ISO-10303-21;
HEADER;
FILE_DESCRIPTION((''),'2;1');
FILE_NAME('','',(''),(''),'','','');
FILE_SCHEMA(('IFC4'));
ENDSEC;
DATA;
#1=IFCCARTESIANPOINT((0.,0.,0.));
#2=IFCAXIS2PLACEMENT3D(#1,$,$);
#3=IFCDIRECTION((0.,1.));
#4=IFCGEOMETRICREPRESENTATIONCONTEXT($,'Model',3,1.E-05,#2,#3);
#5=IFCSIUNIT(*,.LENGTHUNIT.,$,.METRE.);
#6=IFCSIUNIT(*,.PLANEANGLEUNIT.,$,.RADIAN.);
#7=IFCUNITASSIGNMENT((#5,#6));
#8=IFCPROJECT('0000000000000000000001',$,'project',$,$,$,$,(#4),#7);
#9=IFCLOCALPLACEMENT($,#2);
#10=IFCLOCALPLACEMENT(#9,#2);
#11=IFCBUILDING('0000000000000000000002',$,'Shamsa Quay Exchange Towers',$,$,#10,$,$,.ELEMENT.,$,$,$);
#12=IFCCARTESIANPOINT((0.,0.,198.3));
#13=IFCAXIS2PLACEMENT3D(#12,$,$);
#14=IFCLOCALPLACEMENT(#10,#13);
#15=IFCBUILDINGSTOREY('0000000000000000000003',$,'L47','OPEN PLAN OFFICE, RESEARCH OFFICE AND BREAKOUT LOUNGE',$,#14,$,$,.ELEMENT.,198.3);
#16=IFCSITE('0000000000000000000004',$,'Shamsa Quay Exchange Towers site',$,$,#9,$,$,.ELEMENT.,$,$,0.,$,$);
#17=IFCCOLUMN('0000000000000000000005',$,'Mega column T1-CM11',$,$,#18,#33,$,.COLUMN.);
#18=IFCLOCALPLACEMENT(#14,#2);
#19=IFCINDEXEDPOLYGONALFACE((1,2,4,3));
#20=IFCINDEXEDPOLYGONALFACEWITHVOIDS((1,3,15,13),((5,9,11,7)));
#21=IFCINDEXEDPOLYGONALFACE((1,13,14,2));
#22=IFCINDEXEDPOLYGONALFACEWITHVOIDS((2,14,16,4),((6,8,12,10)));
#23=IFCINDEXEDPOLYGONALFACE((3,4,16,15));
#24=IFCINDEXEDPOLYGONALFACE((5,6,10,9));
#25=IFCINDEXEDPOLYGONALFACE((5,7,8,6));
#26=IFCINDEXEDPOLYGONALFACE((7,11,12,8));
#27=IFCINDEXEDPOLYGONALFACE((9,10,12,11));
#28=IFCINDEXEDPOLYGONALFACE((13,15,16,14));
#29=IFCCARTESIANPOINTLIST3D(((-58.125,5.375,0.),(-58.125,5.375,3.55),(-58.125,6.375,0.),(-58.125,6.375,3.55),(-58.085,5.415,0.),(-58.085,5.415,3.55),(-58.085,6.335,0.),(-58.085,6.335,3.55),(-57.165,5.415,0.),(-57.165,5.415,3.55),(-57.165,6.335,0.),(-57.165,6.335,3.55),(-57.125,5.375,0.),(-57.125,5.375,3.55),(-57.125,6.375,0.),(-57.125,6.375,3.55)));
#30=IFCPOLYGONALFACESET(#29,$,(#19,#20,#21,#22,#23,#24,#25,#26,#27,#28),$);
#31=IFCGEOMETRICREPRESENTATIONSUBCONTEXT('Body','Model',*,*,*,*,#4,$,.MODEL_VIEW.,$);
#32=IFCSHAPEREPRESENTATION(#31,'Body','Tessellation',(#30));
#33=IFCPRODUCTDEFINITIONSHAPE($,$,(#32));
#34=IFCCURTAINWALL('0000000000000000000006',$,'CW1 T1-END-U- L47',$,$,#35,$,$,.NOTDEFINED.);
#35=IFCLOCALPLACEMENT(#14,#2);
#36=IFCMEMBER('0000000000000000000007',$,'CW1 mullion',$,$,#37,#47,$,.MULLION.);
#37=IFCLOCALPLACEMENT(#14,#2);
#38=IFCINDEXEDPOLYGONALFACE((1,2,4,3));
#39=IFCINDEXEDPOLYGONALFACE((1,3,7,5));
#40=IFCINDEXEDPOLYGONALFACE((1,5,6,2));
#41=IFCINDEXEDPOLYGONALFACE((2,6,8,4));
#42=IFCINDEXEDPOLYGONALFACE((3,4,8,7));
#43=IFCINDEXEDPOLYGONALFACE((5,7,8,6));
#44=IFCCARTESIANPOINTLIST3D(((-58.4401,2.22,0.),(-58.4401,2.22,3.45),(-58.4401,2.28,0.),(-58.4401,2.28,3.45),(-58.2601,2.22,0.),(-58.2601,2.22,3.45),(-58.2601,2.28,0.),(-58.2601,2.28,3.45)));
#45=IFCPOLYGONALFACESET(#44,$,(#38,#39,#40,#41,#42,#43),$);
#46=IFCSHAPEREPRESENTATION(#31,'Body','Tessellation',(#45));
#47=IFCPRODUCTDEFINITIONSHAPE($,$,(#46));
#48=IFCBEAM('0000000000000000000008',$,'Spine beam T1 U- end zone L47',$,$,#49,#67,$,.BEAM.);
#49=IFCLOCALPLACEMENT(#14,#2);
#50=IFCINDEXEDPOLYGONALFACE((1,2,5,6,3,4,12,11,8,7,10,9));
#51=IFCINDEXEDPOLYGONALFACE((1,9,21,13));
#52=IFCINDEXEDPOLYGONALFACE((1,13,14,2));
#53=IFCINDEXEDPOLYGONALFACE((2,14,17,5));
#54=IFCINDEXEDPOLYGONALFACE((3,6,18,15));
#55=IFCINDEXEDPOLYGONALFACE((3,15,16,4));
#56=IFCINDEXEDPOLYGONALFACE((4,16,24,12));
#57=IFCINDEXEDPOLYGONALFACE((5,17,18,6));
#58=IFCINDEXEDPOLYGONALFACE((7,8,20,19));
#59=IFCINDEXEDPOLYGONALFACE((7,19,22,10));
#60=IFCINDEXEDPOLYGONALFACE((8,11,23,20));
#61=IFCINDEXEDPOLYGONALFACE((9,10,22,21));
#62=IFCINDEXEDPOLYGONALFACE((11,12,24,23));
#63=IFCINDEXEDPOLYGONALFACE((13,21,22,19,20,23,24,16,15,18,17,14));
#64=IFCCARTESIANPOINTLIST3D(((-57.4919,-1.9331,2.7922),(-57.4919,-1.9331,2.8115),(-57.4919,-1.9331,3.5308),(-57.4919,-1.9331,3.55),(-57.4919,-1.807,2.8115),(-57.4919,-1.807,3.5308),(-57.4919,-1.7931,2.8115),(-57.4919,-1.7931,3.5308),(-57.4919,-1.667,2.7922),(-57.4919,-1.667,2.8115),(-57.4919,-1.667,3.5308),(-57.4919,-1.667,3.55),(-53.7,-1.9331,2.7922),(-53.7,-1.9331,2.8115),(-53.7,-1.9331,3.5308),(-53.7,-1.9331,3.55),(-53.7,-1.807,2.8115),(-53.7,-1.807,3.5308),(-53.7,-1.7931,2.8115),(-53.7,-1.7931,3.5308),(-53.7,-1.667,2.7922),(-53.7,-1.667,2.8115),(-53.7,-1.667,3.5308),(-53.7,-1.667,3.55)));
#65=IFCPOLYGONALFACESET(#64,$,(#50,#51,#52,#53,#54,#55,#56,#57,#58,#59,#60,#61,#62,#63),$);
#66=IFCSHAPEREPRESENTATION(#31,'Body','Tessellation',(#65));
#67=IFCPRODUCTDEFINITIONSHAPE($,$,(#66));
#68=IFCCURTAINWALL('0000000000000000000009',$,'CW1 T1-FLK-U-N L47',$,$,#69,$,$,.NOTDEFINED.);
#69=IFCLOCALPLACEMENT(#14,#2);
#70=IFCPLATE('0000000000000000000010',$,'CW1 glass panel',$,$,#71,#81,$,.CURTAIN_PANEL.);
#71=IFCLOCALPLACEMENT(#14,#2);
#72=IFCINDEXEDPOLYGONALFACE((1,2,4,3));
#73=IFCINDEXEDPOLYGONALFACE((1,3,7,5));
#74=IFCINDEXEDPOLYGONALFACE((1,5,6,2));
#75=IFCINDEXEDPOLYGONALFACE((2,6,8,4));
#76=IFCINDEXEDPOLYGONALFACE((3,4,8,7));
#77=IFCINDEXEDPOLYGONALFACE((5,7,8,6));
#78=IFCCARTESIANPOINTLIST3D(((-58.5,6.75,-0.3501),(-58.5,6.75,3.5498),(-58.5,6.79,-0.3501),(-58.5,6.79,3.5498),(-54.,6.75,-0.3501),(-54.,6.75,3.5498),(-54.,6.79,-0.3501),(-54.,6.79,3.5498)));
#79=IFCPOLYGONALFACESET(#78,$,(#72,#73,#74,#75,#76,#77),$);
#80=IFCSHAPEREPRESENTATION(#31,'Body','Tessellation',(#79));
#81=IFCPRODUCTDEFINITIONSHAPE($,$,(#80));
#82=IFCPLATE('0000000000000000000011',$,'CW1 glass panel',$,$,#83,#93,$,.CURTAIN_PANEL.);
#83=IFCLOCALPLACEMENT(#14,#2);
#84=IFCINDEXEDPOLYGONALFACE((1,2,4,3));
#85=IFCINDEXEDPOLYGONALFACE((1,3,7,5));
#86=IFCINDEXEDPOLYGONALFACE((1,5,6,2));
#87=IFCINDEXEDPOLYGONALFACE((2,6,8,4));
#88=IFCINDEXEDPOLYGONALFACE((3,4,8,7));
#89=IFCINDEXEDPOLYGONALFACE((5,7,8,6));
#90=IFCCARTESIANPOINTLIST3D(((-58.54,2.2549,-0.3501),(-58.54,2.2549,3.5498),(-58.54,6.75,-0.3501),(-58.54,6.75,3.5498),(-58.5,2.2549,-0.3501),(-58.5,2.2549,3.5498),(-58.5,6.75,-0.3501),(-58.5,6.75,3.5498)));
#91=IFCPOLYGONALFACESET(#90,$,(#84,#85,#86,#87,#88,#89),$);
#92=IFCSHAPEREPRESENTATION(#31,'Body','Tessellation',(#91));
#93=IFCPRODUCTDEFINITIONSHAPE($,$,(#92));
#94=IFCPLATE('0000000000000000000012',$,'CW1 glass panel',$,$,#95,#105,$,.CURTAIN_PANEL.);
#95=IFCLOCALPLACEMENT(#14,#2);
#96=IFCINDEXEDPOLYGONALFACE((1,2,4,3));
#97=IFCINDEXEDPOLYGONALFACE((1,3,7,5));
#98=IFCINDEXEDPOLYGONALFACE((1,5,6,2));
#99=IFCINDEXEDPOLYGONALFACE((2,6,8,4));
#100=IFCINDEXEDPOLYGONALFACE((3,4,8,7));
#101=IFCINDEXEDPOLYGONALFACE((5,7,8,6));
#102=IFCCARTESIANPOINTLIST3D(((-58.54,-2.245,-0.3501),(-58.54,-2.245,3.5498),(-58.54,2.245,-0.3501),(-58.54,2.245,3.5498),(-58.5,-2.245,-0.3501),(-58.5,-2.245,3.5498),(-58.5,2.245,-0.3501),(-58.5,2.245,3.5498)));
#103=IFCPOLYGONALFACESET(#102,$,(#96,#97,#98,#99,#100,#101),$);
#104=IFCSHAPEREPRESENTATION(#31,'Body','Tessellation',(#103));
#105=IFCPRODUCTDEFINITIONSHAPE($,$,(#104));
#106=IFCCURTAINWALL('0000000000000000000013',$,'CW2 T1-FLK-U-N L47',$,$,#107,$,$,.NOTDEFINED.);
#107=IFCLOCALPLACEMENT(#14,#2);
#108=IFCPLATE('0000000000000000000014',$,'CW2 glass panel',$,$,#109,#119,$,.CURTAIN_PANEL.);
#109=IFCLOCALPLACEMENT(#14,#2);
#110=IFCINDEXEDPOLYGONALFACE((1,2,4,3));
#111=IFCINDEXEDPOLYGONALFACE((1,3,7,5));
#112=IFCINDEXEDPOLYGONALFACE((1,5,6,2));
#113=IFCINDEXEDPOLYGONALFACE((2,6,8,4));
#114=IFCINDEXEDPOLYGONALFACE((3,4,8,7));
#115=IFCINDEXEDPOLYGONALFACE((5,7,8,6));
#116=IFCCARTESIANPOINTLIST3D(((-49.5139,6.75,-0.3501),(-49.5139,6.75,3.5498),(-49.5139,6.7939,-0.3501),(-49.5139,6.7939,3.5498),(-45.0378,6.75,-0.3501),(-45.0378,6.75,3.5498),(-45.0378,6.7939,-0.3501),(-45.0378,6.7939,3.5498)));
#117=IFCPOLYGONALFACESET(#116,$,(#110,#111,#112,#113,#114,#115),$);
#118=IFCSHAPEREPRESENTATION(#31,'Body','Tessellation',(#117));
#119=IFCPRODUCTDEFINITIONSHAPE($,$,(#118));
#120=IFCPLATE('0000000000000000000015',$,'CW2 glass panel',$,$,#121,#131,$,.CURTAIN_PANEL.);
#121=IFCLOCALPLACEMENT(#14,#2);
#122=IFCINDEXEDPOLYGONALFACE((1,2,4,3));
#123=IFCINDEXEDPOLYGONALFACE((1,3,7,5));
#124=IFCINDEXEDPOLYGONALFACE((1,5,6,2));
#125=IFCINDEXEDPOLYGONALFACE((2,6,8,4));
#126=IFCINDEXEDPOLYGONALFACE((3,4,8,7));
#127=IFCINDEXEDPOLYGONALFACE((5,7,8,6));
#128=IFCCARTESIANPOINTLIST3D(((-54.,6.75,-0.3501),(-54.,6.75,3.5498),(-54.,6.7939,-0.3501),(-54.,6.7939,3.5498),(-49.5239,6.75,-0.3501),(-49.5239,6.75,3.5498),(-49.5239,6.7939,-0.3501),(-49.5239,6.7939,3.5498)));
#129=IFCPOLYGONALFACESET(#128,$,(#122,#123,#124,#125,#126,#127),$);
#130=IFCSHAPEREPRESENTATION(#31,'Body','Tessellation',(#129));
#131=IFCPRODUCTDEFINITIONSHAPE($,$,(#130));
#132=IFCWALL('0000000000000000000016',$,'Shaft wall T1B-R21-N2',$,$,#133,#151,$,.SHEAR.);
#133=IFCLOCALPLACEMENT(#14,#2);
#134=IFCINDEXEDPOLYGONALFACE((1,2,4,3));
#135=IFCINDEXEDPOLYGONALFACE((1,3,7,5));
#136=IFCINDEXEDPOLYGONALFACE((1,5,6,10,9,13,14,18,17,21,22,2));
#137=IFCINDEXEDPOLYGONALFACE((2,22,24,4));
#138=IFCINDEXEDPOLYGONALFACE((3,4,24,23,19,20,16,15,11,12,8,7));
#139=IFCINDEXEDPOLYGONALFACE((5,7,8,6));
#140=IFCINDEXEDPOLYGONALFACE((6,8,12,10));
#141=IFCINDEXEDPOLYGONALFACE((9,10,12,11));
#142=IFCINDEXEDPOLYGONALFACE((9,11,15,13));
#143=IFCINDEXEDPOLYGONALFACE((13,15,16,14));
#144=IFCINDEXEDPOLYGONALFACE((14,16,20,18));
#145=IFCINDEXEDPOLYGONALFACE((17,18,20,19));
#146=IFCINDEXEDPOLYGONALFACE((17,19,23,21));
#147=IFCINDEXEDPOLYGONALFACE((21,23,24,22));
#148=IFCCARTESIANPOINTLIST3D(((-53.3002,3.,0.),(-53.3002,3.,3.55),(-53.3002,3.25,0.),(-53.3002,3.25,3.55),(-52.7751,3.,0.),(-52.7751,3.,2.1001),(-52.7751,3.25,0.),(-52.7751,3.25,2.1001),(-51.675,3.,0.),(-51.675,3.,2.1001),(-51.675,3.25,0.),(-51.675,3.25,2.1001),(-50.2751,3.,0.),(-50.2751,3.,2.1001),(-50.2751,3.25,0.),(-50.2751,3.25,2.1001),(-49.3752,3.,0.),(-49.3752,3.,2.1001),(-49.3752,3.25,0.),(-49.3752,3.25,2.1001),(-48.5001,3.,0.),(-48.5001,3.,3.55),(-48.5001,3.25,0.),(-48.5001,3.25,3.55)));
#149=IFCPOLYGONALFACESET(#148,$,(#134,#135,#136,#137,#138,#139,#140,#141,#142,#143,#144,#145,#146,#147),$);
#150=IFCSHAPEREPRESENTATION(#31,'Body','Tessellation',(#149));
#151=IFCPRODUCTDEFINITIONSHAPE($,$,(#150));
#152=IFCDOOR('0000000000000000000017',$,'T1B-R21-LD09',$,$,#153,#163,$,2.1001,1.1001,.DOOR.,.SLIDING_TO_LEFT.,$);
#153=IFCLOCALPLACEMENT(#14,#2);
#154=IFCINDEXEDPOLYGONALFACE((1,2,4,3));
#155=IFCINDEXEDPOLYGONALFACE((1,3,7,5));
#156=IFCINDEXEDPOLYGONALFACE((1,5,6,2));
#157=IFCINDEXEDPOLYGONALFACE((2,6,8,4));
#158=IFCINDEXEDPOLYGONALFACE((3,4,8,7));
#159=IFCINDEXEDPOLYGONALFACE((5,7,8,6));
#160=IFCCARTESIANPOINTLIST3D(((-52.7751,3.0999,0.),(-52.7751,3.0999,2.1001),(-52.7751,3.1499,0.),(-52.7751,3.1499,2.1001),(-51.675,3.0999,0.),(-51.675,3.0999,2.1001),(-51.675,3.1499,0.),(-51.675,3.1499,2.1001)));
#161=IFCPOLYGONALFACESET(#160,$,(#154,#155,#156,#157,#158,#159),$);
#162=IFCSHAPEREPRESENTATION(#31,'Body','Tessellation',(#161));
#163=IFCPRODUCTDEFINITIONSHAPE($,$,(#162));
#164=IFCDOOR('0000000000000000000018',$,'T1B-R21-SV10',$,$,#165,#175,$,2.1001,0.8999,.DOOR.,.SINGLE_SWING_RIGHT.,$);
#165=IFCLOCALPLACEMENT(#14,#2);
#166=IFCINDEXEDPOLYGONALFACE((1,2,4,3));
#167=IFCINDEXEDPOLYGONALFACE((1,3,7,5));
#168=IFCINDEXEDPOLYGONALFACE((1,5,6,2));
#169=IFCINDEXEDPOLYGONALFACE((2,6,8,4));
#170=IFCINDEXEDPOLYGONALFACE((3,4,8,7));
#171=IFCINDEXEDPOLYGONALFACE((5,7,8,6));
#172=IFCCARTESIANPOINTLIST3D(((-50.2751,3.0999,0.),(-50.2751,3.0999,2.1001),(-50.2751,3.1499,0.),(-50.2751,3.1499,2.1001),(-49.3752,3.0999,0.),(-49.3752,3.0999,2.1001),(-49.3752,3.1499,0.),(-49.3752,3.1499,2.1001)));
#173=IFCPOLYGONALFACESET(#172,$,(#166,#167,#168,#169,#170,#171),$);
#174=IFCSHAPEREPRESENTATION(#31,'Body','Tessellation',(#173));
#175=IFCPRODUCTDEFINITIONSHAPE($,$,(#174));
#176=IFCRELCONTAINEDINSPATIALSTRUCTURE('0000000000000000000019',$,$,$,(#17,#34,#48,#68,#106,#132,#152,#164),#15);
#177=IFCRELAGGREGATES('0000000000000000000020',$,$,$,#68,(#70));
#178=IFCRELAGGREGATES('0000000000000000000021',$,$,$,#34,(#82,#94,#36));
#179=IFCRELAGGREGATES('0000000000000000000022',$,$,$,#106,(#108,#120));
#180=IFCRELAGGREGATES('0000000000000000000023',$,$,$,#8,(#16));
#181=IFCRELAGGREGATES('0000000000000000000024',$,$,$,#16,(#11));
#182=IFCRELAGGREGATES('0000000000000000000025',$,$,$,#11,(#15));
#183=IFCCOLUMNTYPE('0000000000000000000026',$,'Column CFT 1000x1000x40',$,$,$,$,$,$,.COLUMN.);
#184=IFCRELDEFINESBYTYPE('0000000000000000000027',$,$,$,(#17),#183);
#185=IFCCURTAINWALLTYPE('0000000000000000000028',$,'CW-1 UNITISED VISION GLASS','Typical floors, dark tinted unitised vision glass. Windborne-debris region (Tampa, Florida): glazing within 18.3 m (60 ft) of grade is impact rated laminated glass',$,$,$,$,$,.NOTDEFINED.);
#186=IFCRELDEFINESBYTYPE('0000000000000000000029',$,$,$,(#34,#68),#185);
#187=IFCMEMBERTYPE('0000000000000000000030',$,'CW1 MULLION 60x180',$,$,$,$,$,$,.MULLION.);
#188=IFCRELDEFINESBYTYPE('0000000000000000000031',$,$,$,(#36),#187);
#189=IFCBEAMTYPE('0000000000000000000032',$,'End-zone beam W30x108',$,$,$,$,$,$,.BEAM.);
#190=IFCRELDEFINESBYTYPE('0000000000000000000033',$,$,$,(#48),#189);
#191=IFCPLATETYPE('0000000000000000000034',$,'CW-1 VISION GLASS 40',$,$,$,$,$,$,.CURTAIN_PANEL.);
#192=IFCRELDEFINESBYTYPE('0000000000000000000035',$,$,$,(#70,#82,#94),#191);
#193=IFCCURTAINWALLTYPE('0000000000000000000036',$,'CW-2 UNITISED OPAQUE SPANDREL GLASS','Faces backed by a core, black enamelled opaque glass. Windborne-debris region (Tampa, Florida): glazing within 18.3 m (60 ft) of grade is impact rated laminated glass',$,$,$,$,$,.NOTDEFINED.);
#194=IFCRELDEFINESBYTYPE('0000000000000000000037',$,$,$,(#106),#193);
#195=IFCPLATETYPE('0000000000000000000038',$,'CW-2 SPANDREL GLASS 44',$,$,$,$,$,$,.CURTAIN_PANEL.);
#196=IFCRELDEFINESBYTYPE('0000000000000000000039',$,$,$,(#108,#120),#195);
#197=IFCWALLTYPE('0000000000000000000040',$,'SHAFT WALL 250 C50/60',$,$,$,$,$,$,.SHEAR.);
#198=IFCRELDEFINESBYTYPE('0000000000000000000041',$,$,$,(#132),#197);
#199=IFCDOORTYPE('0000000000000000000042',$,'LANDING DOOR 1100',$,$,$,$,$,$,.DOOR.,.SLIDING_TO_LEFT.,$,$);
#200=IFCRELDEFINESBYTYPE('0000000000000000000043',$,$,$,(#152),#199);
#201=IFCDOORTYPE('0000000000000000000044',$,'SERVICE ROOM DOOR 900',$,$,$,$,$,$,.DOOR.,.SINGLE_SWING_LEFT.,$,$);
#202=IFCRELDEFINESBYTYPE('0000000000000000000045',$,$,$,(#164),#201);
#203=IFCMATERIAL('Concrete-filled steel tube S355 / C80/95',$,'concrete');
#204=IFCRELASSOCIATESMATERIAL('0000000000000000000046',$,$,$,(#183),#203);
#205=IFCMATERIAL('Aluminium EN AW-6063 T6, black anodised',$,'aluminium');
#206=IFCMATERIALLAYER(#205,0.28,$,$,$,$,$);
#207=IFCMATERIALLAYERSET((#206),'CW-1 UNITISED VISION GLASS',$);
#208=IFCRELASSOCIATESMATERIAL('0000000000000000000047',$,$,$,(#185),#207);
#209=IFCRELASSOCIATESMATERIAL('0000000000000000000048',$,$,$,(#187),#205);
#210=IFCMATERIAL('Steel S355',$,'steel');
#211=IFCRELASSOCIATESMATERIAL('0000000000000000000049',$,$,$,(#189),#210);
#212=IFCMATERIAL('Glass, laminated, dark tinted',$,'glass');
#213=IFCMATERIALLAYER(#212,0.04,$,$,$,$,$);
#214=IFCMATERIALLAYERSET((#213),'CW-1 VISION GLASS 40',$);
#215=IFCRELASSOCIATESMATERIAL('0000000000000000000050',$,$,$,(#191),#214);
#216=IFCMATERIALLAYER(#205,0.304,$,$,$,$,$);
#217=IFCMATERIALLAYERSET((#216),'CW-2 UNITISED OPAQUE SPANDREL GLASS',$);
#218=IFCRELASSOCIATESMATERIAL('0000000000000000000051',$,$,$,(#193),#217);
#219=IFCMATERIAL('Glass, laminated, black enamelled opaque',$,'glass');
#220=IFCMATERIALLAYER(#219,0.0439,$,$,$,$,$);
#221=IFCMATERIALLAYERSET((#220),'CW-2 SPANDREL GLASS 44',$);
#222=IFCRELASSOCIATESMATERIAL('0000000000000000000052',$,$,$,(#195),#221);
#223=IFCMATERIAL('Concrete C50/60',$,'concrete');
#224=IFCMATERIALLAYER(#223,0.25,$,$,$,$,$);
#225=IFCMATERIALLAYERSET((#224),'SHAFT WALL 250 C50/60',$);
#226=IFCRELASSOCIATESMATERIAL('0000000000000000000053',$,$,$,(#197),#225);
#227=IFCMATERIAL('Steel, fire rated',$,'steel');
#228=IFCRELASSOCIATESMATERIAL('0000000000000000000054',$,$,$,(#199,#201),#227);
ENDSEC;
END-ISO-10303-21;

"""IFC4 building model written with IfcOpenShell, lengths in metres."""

from ifc_helpers import new_model, si_unit, direction, frame, frame_2d, origin, origin_2d, place, context, subcontext, project, spatial, rectangle, hollow_rectangle, i_section, extrude, material, layer, layer_set, material_profile, profile_set, type_object, element, fill, aggregate, save


model = new_model("IFC4")

# Units and contexts
model_context = context("Model", 3, precision=1e-05, world=origin(), true_north=direction((0.0, 1.0)))
body_context = subcontext(model_context, "Body", "Model", "MODEL_VIEW")
ifc_project = project(units=[si_unit("LENGTHUNIT", "METRE"), si_unit("PLANEANGLEUNIT", "RADIAN")], contexts=[model_context])

# Site, building, storey
site_placement = place(None, origin())
site = spatial("IfcSite", under=ifc_project, at=site_placement, Name="Shamsa Quay Exchange Towers site", CompositionType="ELEMENT", RefElevation=0.0)
building_placement = place(site_placement, origin())
building = spatial("IfcBuilding", under=site, at=building_placement, Name="Shamsa Quay Exchange Towers", CompositionType="ELEMENT")
storey_placement = place(building_placement, frame((0.0, 0.0, 198.3)))
storey = spatial("IfcBuildingStorey", under=building, at=storey_placement, Name="L47", Description="OPEN PLAN OFFICE, RESEARCH OFFICE AND BREAKOUT LOUNGE", CompositionType="ELEMENT", Elevation=198.3)

# Column
ifc_material_1 = material(Name="Concrete-filled steel tube S355 / C80/95", Category="concrete")
ifc_material_profile_1 = material_profile(ifc_material_1, hollow_rectangle(XDim=1.0, YDim=1.0, WallThickness=0.04, at=origin_2d()), Name="CFT 1000x1000x40")
ifc_profile_set_1 = profile_set([ifc_material_profile_1], Name="Concrete-filled steel tube S355 / C80/95")
column_type = type_object("IfcColumnType", Name="Column CFT 1000x1000x40", PredefinedType="COLUMN", material=ifc_profile_set_1)
column_placement = place(storey_placement, frame((-57.625, 5.875, 0.0)))
element("IfcColumn", 1, at=column_placement, inside=storey, type_object=column_type, Name="Mega column T1-CM11", PredefinedType="COLUMN", context=body_context, shape_type="SweptSolid", body=[
    extrude(hollow_rectangle(XDim=1.0, YDim=1.0, WallThickness=0.04, at=origin_2d()), origin(), (0.0, 0.0, 1.0), 3.55),
])

# Curtain wall, member
ifc_material_2 = material(Name="Aluminium EN AW-6063 T6, black anodised", Category="aluminium")
ifc_layer_1 = layer(ifc_material_2, 0.28)
ifc_layer_set_1 = layer_set([ifc_layer_1], Name="CW-1 UNITISED VISION GLASS")
curtain_wall_type_1 = type_object("IfcCurtainWallType", Name="CW-1 UNITISED VISION GLASS", Description="Typical floors, dark tinted unitised vision glass. Windborne-debris region (Tampa, Florida): glazing within 18.3 m (60 ft) of grade is impact rated laminated glass", PredefinedType="NOTDEFINED", material=ifc_layer_set_1)
curtain_wall_1_placement = place(storey_placement, origin())
curtain_wall_1 = element("IfcCurtainWall", 2, at=curtain_wall_1_placement, inside=storey, type_object=curtain_wall_type_1, Name="CW1 T1-END-U- L47", PredefinedType="NOTDEFINED")
ifc_material_profile_2 = material_profile(ifc_material_2, rectangle(XDim=0.1799, YDim=0.0601, at=origin_2d()), Name="MU60x180")
ifc_profile_set_2 = profile_set([ifc_material_profile_2], Name="Aluminium EN AW-6063 T6, black anodised")
member_type = type_object("IfcMemberType", Name="CW1 MULLION 60x180", PredefinedType="MULLION", material=ifc_profile_set_2)
member_placement = place(storey_placement, frame((-58.3501, 2.25, 0.0)))
member = element("IfcMember", 3, at=member_placement, type_object=member_type, Name="CW1 mullion", PredefinedType="MULLION", context=body_context, shape_type="SweptSolid", body=[
    extrude(rectangle(XDim=0.1799, YDim=0.0601, at=origin_2d()), origin(), (0.0, 0.0, 1.0), 3.45),
])

# Beam
ifc_material_3 = material(Name="Steel S355", Category="steel")
ifc_material_profile_3 = material_profile(ifc_material_3, i_section(OverallWidth=0.2661, OverallDepth=0.7578, WebThickness=0.0139, FlangeThickness=0.0193, at=origin_2d()), Name="W30x108")
ifc_profile_set_3 = profile_set([ifc_material_profile_3], Name="Steel S355")
beam_type = type_object("IfcBeamType", Name="End-zone beam W30x108", PredefinedType="BEAM", material=ifc_profile_set_3)
beam_placement = place(storey_placement, frame((-53.7, -1.8, 3.1711), z_axis=(-1.0, 0.0, 0.0), x_axis=(0.0, -1.0, 0.0)))
element("IfcBeam", 4, at=beam_placement, inside=storey, type_object=beam_type, Name="Spine beam T1 U- end zone L47", PredefinedType="BEAM", context=body_context, shape_type="SweptSolid", body=[
    extrude(i_section(OverallWidth=0.2661, OverallDepth=0.7578, WebThickness=0.0139, FlangeThickness=0.0193, at=origin_2d()), origin(), (0.0, 0.0, 1.0), 3.792),
])

# Curtain wall, plate
curtain_wall_2_placement = place(storey_placement, origin())
curtain_wall_2 = element("IfcCurtainWall", 5, at=curtain_wall_2_placement, inside=storey, type_object=curtain_wall_type_1, Name="CW1 T1-FLK-U-N L47", PredefinedType="NOTDEFINED")
ifc_material_4 = material(Name="Glass, laminated, dark tinted", Category="glass")
ifc_layer_2 = layer(ifc_material_4, 0.04)
ifc_layer_set_2 = layer_set([ifc_layer_2], Name="CW-1 VISION GLASS 40")
plate_type_1 = type_object("IfcPlateType", Name="CW-1 VISION GLASS 40", PredefinedType="CURTAIN_PANEL", material=ifc_layer_set_2)
plate_1_placement = place(storey_placement, frame((-56.25, 6.77, -0.3501), z_axis=(0.0, 0.0, 1.0), x_axis=(-1.0, 0.0, 0.0)))
plate_1 = element("IfcPlate", 6, at=plate_1_placement, type_object=plate_type_1, Name="CW1 glass panel", PredefinedType="CURTAIN_PANEL", context=body_context, shape_type="SweptSolid", body=[
    extrude(rectangle(XDim=4.5, YDim=0.04, at=origin_2d()), origin(), (0.0, 0.0, 1.0), 3.8999),
])
aggregate(curtain_wall_2, [plate_1])

# Plates
plate_2_placement = place(storey_placement, frame((-58.52, 4.5024, -0.3501), z_axis=(0.0, 0.0, 1.0), x_axis=(0.0, -1.0, 0.0)))
plate_2 = element("IfcPlate", 7, at=plate_2_placement, type_object=plate_type_1, Name="CW1 glass panel", PredefinedType="CURTAIN_PANEL", context=body_context, shape_type="SweptSolid", body=[
    extrude(rectangle(XDim=4.4951, YDim=0.04, at=origin_2d()), origin(), (0.0, 0.0, 1.0), 3.8999),
])
plate_3_placement = place(storey_placement, frame((-58.52, 0.0, -0.3501), z_axis=(0.0, 0.0, 1.0), x_axis=(0.0, -1.0, 0.0)))
plate_3 = element("IfcPlate", 8, at=plate_3_placement, type_object=plate_type_1, Name="CW1 glass panel", PredefinedType="CURTAIN_PANEL", context=body_context, shape_type="SweptSolid", body=[
    extrude(rectangle(XDim=4.49, YDim=0.04, at=origin_2d()), origin(), (0.0, 0.0, 1.0), 3.8999),
])
aggregate(curtain_wall_1, [plate_2, plate_3, member])

# Curtain wall, plates
ifc_layer_3 = layer(ifc_material_2, 0.304)
ifc_layer_set_3 = layer_set([ifc_layer_3], Name="CW-2 UNITISED OPAQUE SPANDREL GLASS")
curtain_wall_type_2 = type_object("IfcCurtainWallType", Name="CW-2 UNITISED OPAQUE SPANDREL GLASS", Description="Faces backed by a core, black enamelled opaque glass. Windborne-debris region (Tampa, Florida): glazing within 18.3 m (60 ft) of grade is impact rated laminated glass", PredefinedType="NOTDEFINED", material=ifc_layer_set_3)
curtain_wall_3_placement = place(storey_placement, origin())
curtain_wall_3 = element("IfcCurtainWall", 9, at=curtain_wall_3_placement, inside=storey, type_object=curtain_wall_type_2, Name="CW2 T1-FLK-U-N L47", PredefinedType="NOTDEFINED")
ifc_material_5 = material(Name="Glass, laminated, black enamelled opaque", Category="glass")
ifc_layer_4 = layer(ifc_material_5, 0.0439)
ifc_layer_set_4 = layer_set([ifc_layer_4], Name="CW-2 SPANDREL GLASS 44")
plate_type_2 = type_object("IfcPlateType", Name="CW-2 SPANDREL GLASS 44", PredefinedType="CURTAIN_PANEL", material=ifc_layer_set_4)
plate_4_placement = place(storey_placement, frame((-47.2759, 6.772, -0.3501), z_axis=(0.0, 0.0, 1.0), x_axis=(-1.0, 0.0, 0.0)))
plate_4 = element("IfcPlate", 10, at=plate_4_placement, type_object=plate_type_2, Name="CW2 glass panel", PredefinedType="CURTAIN_PANEL", context=body_context, shape_type="SweptSolid", body=[
    extrude(rectangle(XDim=4.4761, YDim=0.0439, at=origin_2d()), origin(), (0.0, 0.0, 1.0), 3.8999),
])
plate_5_placement = place(storey_placement, frame((-51.762, 6.772, -0.3501), z_axis=(0.0, 0.0, 1.0), x_axis=(-1.0, 0.0, 0.0)))
plate_5 = element("IfcPlate", 11, at=plate_5_placement, type_object=plate_type_2, Name="CW2 glass panel", PredefinedType="CURTAIN_PANEL", context=body_context, shape_type="SweptSolid", body=[
    extrude(rectangle(XDim=4.4761, YDim=0.0439, at=origin_2d()), origin(), (0.0, 0.0, 1.0), 3.8999),
])
aggregate(curtain_wall_3, [plate_4, plate_5])

# Wall, openings, doors
ifc_material_6 = material(Name="Concrete C50/60", Category="concrete")
ifc_layer_5 = layer(ifc_material_6, 0.25)
ifc_layer_set_5 = layer_set([ifc_layer_5], Name="SHAFT WALL 250 C50/60")
wall_type_1 = type_object("IfcWallType", Name="SHAFT WALL 250 C50/60", PredefinedType="SHEAR", material=ifc_layer_set_5)
wall_1_placement = place(storey_placement, frame((-53.3, 3.125, 0.0)))
wall_1 = element("IfcWall", 12, at=wall_1_placement, inside=storey, type_object=wall_type_1, Name="Shaft wall T1B-R21-N2", PredefinedType="SHEAR", context=body_context, shape_type="SweptSolid", body=[
    extrude(rectangle(XDim=4.8, YDim=0.25, at=frame_2d((2.3999, 0.0))), origin(), (0.0, 0.0, 1.0), 3.55),
])
opening_1_placement = place(wall_1_placement, frame((0.5249, 0.0, 0.0)))
opening_1 = element("IfcOpeningElement", 13, at=opening_1_placement, cuts=wall_1, PredefinedType="OPENING", context=body_context, shape_type="SweptSolid", body=[
    extrude(rectangle(XDim=1.1001, YDim=2.1001, at=frame_2d((0.55, 1.05))), frame((0.0, 0.135, 0.0), z_axis=(0.0, -1.0, 0.0), x_axis=(1.0, 0.0, 0.0)), (0.0, 0.0, 1.0), 0.27),
])
opening_2_placement = place(wall_1_placement, frame((3.0249, 0.0, 0.0)))
opening_2 = element("IfcOpeningElement", 14, at=opening_2_placement, cuts=wall_1, PredefinedType="OPENING", context=body_context, shape_type="SweptSolid", body=[
    extrude(rectangle(XDim=0.8999, YDim=2.1001, at=frame_2d((0.45, 1.05))), frame((0.0, 0.135, 0.0), z_axis=(0.0, -1.0, 0.0), x_axis=(1.0, 0.0, 0.0)), (0.0, 0.0, 1.0), 0.27),
])
ifc_material_7 = material(Name="Steel, fire rated", Category="steel")
door_type_1 = type_object("IfcDoorType", Name="LANDING DOOR 1100", OperationType="SLIDING_TO_LEFT", PredefinedType="DOOR", material=ifc_material_7)
door_1_placement = place(opening_1_placement, origin())
door_1 = element("IfcDoor", 15, at=door_1_placement, inside=storey, type_object=door_type_1, Name="T1B-R21-LD09", OperationType="SLIDING_TO_LEFT", OverallHeight=2.1001, OverallWidth=1.1001, PredefinedType="DOOR", context=body_context, shape_type="SweptSolid", body=[
    extrude(rectangle(XDim=1.1001, YDim=2.1001, at=frame_2d((0.55, 1.05))), frame((0.0, 0.0249, 0.0), z_axis=(0.0, -1.0, 0.0), x_axis=(1.0, 0.0, 0.0)), (0.0, 0.0, 1.0), 0.05),
])
fill(opening_1, door_1)
door_type_2 = type_object("IfcDoorType", Name="SERVICE ROOM DOOR 900", OperationType="SINGLE_SWING_LEFT", PredefinedType="DOOR", material=ifc_material_7)
door_2_placement = place(opening_2_placement, origin())
door_2 = element("IfcDoor", 16, at=door_2_placement, inside=storey, type_object=door_type_2, Name="T1B-R21-SV10", OperationType="SINGLE_SWING_RIGHT", OverallHeight=2.1001, OverallWidth=0.8999, PredefinedType="DOOR", context=body_context, shape_type="SweptSolid", body=[
    extrude(rectangle(XDim=0.8999, YDim=2.1001, at=frame_2d((0.45, 1.05))), frame((0.0, 0.0249, 0.0), z_axis=(0.0, -1.0, 0.0), x_axis=(1.0, 0.0, 0.0)), (0.0, 0.0, 1.0), 0.05),
])
fill(opening_2, door_2)

save(model, "model.ifc")
